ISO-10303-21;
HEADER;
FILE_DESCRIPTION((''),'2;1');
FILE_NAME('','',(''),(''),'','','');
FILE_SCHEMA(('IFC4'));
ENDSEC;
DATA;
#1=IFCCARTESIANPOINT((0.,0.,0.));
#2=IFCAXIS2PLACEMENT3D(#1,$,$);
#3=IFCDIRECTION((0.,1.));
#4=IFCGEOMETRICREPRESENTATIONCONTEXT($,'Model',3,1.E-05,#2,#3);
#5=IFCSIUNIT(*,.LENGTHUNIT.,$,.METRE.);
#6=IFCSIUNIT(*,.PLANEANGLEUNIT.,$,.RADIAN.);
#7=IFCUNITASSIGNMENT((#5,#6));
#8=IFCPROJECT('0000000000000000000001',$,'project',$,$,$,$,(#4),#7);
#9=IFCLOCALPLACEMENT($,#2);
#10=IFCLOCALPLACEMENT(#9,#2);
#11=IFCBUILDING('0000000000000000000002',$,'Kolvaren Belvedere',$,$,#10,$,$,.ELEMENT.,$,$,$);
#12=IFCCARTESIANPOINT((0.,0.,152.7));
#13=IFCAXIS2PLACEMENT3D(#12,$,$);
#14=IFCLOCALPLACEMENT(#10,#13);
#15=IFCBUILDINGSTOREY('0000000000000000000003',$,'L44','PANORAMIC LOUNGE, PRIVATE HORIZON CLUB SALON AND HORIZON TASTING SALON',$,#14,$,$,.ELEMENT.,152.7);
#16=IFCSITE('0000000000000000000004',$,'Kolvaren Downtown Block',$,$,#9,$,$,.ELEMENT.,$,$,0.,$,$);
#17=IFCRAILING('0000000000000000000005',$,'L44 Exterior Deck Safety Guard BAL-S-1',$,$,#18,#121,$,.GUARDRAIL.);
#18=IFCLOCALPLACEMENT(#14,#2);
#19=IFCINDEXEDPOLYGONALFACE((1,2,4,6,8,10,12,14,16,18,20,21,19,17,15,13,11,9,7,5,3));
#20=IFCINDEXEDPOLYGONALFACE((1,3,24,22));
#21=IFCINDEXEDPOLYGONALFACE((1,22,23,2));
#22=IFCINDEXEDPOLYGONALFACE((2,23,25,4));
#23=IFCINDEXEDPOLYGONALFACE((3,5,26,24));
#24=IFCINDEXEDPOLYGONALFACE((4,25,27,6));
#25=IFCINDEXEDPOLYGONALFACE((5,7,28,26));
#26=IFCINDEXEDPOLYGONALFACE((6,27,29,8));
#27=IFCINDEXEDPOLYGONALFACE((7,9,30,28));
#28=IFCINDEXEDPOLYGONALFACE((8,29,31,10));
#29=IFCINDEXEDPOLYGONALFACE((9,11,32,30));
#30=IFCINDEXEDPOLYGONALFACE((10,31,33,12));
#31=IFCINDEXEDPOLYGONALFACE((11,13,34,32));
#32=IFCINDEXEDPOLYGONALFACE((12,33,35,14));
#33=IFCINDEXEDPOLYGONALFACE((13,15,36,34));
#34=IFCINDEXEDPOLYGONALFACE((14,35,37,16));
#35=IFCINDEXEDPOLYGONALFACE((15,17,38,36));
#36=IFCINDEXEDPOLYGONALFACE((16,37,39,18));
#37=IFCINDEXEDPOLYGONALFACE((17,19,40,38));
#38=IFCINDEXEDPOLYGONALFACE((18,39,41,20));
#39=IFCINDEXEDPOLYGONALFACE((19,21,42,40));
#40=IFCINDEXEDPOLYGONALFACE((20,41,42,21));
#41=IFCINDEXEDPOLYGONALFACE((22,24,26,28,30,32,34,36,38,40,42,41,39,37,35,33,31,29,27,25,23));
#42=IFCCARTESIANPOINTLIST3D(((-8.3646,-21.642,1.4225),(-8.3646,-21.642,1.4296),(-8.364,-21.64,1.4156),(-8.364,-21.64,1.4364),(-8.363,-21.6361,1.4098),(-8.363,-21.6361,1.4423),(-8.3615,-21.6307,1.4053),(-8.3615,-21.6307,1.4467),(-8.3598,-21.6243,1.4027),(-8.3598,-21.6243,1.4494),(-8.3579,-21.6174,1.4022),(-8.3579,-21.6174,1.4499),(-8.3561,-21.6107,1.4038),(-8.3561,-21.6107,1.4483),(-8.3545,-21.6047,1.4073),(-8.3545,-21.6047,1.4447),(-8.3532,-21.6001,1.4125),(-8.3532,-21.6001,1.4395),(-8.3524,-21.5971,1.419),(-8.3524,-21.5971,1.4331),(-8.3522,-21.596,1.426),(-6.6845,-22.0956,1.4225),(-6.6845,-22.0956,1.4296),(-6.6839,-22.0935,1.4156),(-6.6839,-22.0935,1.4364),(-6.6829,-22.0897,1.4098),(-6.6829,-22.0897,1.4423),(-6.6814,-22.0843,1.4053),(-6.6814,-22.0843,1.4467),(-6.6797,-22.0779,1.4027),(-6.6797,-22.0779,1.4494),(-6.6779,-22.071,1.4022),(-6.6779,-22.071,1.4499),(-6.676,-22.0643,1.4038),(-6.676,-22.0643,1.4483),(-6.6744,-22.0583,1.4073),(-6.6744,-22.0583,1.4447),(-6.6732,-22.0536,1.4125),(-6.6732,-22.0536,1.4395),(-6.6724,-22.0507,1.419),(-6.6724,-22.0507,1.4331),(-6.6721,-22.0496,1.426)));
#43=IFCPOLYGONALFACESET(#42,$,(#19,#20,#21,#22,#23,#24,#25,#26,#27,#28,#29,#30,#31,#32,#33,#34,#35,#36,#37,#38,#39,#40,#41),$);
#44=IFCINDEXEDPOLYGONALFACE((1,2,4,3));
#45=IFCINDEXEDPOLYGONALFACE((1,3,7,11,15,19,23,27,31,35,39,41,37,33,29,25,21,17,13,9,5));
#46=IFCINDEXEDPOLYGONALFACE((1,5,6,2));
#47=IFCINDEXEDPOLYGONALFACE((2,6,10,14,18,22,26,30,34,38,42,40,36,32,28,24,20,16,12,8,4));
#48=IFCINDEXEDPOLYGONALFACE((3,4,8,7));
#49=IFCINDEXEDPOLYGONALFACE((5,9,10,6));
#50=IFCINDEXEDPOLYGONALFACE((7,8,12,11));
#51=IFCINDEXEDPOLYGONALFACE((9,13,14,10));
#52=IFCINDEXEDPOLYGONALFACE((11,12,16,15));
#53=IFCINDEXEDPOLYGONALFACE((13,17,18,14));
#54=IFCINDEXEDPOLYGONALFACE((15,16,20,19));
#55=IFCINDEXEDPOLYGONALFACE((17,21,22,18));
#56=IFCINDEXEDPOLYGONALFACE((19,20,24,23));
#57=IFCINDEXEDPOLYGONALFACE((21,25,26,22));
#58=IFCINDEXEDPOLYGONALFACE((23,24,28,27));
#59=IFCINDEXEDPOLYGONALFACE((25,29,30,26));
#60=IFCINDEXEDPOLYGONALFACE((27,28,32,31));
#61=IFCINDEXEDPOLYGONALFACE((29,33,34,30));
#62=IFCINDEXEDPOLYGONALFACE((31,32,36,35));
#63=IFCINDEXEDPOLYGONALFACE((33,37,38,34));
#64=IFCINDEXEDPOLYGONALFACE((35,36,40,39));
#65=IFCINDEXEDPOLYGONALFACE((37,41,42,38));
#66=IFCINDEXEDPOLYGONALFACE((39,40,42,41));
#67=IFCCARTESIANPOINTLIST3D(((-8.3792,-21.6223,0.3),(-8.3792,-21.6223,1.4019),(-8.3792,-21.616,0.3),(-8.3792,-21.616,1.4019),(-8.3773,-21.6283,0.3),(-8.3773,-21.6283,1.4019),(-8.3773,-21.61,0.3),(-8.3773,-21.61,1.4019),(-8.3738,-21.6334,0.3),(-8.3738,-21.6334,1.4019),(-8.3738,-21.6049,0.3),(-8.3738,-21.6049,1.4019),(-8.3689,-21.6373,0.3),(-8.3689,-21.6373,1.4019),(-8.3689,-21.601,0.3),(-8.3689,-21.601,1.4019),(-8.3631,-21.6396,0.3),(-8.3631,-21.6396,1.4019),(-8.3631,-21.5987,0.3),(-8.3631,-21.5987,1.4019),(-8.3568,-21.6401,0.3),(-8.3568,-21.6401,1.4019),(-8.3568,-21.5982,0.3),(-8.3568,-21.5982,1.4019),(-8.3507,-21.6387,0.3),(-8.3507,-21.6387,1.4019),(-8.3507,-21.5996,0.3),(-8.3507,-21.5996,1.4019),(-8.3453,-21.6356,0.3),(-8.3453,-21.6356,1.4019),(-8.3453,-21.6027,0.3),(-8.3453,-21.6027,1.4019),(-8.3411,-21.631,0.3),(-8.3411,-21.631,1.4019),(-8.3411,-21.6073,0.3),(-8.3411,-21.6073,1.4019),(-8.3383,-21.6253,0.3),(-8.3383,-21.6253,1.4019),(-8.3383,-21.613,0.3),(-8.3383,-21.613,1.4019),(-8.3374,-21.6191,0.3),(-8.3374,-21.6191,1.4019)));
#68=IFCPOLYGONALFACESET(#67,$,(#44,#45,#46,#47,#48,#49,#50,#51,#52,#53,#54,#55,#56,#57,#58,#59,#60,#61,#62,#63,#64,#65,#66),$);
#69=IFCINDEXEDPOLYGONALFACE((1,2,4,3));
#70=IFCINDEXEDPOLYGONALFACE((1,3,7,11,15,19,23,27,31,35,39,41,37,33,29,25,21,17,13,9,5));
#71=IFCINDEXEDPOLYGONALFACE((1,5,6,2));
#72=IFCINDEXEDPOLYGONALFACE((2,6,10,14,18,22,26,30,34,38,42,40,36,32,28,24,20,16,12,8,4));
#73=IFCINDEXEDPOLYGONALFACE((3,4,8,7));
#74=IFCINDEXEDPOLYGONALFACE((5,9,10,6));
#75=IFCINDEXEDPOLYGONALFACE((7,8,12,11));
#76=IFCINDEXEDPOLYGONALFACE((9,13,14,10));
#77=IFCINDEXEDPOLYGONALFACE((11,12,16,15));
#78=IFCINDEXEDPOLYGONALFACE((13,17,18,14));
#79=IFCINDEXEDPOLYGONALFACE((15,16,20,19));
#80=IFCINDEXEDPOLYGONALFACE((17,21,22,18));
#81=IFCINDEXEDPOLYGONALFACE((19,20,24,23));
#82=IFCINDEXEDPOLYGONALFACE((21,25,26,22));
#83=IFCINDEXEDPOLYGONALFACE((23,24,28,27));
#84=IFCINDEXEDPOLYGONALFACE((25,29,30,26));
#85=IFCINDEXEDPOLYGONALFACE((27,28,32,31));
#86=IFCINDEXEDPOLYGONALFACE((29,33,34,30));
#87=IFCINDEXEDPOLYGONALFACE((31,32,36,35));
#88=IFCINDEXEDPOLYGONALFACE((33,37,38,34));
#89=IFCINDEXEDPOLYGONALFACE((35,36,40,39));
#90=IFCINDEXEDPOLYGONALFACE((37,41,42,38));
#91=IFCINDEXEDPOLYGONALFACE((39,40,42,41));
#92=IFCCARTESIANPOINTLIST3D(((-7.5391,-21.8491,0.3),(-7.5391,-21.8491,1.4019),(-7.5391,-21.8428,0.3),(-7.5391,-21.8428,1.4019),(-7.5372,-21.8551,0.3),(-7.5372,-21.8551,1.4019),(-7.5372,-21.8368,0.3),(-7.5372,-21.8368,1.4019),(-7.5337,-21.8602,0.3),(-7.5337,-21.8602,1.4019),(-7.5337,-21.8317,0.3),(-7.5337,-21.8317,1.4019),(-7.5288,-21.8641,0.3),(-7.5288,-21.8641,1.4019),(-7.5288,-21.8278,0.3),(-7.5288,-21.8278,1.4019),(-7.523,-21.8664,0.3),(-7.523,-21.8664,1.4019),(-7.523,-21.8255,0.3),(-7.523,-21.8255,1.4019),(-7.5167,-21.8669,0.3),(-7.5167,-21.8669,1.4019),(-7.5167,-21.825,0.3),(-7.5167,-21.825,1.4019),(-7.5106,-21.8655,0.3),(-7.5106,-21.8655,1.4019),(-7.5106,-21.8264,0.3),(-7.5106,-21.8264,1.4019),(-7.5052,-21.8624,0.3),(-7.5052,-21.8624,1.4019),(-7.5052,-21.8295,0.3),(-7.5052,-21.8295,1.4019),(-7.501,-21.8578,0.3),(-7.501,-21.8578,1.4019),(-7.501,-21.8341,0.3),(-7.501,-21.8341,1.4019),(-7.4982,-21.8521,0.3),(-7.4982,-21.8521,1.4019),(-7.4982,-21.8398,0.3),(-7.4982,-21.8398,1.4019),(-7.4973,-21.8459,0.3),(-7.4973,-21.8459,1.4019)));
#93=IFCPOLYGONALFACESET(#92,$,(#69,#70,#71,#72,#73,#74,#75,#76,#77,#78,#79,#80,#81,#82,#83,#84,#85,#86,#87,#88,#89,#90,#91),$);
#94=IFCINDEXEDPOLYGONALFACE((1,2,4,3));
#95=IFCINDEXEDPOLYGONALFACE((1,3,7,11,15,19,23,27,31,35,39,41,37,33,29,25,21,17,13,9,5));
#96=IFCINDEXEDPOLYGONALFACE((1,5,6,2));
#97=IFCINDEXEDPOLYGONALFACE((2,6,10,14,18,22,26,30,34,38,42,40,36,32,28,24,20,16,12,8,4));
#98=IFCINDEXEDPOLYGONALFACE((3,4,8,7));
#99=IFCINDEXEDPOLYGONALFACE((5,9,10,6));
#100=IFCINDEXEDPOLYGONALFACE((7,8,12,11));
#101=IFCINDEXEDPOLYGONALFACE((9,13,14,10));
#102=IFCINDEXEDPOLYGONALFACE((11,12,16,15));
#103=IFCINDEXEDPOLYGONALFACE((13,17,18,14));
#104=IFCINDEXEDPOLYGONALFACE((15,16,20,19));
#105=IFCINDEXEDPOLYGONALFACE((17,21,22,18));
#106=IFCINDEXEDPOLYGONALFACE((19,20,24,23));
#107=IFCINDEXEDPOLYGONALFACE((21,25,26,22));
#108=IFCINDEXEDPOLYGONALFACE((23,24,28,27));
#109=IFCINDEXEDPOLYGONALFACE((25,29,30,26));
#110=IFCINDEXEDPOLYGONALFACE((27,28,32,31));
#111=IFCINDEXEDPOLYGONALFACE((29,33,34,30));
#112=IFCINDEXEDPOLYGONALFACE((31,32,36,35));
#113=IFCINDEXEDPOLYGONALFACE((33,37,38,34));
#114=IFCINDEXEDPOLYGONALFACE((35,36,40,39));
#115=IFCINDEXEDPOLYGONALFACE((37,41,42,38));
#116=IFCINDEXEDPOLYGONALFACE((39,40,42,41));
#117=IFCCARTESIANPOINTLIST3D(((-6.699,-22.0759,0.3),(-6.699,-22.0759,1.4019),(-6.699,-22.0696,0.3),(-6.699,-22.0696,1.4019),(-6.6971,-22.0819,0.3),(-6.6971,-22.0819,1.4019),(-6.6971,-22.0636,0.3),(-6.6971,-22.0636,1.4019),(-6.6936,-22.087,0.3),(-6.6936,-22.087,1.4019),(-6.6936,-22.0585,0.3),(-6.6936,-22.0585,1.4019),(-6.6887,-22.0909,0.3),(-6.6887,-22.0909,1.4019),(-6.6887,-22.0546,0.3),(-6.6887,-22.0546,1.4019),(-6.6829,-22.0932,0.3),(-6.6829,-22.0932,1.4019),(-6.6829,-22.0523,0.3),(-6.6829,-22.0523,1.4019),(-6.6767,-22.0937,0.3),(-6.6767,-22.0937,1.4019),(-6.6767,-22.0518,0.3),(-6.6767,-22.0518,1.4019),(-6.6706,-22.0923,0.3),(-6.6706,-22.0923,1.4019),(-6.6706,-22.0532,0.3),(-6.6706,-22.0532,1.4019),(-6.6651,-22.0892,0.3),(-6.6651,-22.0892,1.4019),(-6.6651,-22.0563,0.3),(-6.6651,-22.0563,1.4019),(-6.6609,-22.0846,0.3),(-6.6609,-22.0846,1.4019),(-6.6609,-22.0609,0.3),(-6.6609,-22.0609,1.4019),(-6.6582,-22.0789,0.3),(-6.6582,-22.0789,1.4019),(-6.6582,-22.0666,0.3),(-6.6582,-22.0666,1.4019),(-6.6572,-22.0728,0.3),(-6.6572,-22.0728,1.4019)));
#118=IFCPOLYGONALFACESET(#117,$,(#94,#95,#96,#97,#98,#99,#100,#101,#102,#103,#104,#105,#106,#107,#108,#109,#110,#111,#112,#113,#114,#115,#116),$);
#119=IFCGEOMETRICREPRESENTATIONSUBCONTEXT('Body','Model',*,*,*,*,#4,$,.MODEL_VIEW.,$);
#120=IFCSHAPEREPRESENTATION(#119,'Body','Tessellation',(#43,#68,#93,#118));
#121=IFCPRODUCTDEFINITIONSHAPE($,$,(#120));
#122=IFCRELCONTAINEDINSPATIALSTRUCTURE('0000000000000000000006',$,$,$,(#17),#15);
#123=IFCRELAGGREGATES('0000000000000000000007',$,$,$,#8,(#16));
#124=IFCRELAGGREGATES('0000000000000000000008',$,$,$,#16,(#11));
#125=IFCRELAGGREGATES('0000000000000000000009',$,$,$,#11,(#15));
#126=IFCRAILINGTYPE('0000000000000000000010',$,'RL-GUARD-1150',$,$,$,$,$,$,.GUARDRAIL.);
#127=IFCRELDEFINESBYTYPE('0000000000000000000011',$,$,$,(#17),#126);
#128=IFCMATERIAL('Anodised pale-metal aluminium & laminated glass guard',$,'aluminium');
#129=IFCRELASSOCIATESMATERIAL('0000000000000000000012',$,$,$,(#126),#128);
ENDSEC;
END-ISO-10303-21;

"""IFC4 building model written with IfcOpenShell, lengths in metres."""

from ifc_helpers import new_model, si_unit, direction, frame, origin, origin_2d, place, context, subcontext, project, spatial, circle, extrude, material, type_object, element, save


model = new_model("IFC4")

# Units and contexts
model_context = context("Model", 3, precision=1e-05, world=origin(), true_north=direction((0.0, 1.0)))
body_context = subcontext(model_context, "Body", "Model", "MODEL_VIEW")
ifc_project = project(units=[si_unit("LENGTHUNIT", "METRE"), si_unit("PLANEANGLEUNIT", "RADIAN")], contexts=[model_context])

# Site, building, storey
site_placement = place(None, origin())
site = spatial("IfcSite", under=ifc_project, at=site_placement, Name="Kolvaren Downtown Block", CompositionType="ELEMENT", RefElevation=0.0)
building_placement = place(site_placement, origin())
building = spatial("IfcBuilding", under=site, at=building_placement, Name="Kolvaren Belvedere", CompositionType="ELEMENT")
storey_placement = place(building_placement, frame((0.0, 0.0, 152.7)))
storey = spatial("IfcBuildingStorey", under=building, at=storey_placement, Name="L44", Description="PANORAMIC LOUNGE, PRIVATE HORIZON CLUB SALON AND HORIZON TASTING SALON", CompositionType="ELEMENT", Elevation=152.7)

# Railing
ifc_material_1 = material(Name="Anodised pale-metal aluminium & laminated glass guard", Category="aluminium")
railing_type = type_object("IfcRailingType", Name="RL-GUARD-1150", PredefinedType="GUARDRAIL", material=ifc_material_1)
railing_1_placement = place(storey_placement, frame((-8.3584, -21.6191, 0.3)))
element("IfcRailing", 1, at=railing_1_placement, inside=storey, type_object=railing_type, Name="L44 Exterior Deck Safety Guard BAL-S-1", PredefinedType="GUARDRAIL", context=body_context, shape_type="SweptSolid", body=[
    extrude(circle(Radius=0.0239, at=origin_2d()), frame((0.0, 0.0, 1.126), z_axis=(0.965434, -0.260648, 0.0), x_axis=(0.260648, 0.965434, 0.0)), (0.0, 0.0, 1.0), 1.7402),
    extrude(circle(Radius=0.021, at=origin_2d()), origin(), (0.0, 0.0, 1.0), 1.1018),
    extrude(circle(Radius=0.021, at=origin_2d()), frame((0.8401, -0.2268, 0.0)), (0.0, 0.0, 1.0), 1.1018),
    extrude(circle(Radius=0.021, at=origin_2d()), frame((1.6802, -0.4536, 0.0)), (0.0, 0.0, 1.0), 1.1018),
])

save(model, "model.ifc")
